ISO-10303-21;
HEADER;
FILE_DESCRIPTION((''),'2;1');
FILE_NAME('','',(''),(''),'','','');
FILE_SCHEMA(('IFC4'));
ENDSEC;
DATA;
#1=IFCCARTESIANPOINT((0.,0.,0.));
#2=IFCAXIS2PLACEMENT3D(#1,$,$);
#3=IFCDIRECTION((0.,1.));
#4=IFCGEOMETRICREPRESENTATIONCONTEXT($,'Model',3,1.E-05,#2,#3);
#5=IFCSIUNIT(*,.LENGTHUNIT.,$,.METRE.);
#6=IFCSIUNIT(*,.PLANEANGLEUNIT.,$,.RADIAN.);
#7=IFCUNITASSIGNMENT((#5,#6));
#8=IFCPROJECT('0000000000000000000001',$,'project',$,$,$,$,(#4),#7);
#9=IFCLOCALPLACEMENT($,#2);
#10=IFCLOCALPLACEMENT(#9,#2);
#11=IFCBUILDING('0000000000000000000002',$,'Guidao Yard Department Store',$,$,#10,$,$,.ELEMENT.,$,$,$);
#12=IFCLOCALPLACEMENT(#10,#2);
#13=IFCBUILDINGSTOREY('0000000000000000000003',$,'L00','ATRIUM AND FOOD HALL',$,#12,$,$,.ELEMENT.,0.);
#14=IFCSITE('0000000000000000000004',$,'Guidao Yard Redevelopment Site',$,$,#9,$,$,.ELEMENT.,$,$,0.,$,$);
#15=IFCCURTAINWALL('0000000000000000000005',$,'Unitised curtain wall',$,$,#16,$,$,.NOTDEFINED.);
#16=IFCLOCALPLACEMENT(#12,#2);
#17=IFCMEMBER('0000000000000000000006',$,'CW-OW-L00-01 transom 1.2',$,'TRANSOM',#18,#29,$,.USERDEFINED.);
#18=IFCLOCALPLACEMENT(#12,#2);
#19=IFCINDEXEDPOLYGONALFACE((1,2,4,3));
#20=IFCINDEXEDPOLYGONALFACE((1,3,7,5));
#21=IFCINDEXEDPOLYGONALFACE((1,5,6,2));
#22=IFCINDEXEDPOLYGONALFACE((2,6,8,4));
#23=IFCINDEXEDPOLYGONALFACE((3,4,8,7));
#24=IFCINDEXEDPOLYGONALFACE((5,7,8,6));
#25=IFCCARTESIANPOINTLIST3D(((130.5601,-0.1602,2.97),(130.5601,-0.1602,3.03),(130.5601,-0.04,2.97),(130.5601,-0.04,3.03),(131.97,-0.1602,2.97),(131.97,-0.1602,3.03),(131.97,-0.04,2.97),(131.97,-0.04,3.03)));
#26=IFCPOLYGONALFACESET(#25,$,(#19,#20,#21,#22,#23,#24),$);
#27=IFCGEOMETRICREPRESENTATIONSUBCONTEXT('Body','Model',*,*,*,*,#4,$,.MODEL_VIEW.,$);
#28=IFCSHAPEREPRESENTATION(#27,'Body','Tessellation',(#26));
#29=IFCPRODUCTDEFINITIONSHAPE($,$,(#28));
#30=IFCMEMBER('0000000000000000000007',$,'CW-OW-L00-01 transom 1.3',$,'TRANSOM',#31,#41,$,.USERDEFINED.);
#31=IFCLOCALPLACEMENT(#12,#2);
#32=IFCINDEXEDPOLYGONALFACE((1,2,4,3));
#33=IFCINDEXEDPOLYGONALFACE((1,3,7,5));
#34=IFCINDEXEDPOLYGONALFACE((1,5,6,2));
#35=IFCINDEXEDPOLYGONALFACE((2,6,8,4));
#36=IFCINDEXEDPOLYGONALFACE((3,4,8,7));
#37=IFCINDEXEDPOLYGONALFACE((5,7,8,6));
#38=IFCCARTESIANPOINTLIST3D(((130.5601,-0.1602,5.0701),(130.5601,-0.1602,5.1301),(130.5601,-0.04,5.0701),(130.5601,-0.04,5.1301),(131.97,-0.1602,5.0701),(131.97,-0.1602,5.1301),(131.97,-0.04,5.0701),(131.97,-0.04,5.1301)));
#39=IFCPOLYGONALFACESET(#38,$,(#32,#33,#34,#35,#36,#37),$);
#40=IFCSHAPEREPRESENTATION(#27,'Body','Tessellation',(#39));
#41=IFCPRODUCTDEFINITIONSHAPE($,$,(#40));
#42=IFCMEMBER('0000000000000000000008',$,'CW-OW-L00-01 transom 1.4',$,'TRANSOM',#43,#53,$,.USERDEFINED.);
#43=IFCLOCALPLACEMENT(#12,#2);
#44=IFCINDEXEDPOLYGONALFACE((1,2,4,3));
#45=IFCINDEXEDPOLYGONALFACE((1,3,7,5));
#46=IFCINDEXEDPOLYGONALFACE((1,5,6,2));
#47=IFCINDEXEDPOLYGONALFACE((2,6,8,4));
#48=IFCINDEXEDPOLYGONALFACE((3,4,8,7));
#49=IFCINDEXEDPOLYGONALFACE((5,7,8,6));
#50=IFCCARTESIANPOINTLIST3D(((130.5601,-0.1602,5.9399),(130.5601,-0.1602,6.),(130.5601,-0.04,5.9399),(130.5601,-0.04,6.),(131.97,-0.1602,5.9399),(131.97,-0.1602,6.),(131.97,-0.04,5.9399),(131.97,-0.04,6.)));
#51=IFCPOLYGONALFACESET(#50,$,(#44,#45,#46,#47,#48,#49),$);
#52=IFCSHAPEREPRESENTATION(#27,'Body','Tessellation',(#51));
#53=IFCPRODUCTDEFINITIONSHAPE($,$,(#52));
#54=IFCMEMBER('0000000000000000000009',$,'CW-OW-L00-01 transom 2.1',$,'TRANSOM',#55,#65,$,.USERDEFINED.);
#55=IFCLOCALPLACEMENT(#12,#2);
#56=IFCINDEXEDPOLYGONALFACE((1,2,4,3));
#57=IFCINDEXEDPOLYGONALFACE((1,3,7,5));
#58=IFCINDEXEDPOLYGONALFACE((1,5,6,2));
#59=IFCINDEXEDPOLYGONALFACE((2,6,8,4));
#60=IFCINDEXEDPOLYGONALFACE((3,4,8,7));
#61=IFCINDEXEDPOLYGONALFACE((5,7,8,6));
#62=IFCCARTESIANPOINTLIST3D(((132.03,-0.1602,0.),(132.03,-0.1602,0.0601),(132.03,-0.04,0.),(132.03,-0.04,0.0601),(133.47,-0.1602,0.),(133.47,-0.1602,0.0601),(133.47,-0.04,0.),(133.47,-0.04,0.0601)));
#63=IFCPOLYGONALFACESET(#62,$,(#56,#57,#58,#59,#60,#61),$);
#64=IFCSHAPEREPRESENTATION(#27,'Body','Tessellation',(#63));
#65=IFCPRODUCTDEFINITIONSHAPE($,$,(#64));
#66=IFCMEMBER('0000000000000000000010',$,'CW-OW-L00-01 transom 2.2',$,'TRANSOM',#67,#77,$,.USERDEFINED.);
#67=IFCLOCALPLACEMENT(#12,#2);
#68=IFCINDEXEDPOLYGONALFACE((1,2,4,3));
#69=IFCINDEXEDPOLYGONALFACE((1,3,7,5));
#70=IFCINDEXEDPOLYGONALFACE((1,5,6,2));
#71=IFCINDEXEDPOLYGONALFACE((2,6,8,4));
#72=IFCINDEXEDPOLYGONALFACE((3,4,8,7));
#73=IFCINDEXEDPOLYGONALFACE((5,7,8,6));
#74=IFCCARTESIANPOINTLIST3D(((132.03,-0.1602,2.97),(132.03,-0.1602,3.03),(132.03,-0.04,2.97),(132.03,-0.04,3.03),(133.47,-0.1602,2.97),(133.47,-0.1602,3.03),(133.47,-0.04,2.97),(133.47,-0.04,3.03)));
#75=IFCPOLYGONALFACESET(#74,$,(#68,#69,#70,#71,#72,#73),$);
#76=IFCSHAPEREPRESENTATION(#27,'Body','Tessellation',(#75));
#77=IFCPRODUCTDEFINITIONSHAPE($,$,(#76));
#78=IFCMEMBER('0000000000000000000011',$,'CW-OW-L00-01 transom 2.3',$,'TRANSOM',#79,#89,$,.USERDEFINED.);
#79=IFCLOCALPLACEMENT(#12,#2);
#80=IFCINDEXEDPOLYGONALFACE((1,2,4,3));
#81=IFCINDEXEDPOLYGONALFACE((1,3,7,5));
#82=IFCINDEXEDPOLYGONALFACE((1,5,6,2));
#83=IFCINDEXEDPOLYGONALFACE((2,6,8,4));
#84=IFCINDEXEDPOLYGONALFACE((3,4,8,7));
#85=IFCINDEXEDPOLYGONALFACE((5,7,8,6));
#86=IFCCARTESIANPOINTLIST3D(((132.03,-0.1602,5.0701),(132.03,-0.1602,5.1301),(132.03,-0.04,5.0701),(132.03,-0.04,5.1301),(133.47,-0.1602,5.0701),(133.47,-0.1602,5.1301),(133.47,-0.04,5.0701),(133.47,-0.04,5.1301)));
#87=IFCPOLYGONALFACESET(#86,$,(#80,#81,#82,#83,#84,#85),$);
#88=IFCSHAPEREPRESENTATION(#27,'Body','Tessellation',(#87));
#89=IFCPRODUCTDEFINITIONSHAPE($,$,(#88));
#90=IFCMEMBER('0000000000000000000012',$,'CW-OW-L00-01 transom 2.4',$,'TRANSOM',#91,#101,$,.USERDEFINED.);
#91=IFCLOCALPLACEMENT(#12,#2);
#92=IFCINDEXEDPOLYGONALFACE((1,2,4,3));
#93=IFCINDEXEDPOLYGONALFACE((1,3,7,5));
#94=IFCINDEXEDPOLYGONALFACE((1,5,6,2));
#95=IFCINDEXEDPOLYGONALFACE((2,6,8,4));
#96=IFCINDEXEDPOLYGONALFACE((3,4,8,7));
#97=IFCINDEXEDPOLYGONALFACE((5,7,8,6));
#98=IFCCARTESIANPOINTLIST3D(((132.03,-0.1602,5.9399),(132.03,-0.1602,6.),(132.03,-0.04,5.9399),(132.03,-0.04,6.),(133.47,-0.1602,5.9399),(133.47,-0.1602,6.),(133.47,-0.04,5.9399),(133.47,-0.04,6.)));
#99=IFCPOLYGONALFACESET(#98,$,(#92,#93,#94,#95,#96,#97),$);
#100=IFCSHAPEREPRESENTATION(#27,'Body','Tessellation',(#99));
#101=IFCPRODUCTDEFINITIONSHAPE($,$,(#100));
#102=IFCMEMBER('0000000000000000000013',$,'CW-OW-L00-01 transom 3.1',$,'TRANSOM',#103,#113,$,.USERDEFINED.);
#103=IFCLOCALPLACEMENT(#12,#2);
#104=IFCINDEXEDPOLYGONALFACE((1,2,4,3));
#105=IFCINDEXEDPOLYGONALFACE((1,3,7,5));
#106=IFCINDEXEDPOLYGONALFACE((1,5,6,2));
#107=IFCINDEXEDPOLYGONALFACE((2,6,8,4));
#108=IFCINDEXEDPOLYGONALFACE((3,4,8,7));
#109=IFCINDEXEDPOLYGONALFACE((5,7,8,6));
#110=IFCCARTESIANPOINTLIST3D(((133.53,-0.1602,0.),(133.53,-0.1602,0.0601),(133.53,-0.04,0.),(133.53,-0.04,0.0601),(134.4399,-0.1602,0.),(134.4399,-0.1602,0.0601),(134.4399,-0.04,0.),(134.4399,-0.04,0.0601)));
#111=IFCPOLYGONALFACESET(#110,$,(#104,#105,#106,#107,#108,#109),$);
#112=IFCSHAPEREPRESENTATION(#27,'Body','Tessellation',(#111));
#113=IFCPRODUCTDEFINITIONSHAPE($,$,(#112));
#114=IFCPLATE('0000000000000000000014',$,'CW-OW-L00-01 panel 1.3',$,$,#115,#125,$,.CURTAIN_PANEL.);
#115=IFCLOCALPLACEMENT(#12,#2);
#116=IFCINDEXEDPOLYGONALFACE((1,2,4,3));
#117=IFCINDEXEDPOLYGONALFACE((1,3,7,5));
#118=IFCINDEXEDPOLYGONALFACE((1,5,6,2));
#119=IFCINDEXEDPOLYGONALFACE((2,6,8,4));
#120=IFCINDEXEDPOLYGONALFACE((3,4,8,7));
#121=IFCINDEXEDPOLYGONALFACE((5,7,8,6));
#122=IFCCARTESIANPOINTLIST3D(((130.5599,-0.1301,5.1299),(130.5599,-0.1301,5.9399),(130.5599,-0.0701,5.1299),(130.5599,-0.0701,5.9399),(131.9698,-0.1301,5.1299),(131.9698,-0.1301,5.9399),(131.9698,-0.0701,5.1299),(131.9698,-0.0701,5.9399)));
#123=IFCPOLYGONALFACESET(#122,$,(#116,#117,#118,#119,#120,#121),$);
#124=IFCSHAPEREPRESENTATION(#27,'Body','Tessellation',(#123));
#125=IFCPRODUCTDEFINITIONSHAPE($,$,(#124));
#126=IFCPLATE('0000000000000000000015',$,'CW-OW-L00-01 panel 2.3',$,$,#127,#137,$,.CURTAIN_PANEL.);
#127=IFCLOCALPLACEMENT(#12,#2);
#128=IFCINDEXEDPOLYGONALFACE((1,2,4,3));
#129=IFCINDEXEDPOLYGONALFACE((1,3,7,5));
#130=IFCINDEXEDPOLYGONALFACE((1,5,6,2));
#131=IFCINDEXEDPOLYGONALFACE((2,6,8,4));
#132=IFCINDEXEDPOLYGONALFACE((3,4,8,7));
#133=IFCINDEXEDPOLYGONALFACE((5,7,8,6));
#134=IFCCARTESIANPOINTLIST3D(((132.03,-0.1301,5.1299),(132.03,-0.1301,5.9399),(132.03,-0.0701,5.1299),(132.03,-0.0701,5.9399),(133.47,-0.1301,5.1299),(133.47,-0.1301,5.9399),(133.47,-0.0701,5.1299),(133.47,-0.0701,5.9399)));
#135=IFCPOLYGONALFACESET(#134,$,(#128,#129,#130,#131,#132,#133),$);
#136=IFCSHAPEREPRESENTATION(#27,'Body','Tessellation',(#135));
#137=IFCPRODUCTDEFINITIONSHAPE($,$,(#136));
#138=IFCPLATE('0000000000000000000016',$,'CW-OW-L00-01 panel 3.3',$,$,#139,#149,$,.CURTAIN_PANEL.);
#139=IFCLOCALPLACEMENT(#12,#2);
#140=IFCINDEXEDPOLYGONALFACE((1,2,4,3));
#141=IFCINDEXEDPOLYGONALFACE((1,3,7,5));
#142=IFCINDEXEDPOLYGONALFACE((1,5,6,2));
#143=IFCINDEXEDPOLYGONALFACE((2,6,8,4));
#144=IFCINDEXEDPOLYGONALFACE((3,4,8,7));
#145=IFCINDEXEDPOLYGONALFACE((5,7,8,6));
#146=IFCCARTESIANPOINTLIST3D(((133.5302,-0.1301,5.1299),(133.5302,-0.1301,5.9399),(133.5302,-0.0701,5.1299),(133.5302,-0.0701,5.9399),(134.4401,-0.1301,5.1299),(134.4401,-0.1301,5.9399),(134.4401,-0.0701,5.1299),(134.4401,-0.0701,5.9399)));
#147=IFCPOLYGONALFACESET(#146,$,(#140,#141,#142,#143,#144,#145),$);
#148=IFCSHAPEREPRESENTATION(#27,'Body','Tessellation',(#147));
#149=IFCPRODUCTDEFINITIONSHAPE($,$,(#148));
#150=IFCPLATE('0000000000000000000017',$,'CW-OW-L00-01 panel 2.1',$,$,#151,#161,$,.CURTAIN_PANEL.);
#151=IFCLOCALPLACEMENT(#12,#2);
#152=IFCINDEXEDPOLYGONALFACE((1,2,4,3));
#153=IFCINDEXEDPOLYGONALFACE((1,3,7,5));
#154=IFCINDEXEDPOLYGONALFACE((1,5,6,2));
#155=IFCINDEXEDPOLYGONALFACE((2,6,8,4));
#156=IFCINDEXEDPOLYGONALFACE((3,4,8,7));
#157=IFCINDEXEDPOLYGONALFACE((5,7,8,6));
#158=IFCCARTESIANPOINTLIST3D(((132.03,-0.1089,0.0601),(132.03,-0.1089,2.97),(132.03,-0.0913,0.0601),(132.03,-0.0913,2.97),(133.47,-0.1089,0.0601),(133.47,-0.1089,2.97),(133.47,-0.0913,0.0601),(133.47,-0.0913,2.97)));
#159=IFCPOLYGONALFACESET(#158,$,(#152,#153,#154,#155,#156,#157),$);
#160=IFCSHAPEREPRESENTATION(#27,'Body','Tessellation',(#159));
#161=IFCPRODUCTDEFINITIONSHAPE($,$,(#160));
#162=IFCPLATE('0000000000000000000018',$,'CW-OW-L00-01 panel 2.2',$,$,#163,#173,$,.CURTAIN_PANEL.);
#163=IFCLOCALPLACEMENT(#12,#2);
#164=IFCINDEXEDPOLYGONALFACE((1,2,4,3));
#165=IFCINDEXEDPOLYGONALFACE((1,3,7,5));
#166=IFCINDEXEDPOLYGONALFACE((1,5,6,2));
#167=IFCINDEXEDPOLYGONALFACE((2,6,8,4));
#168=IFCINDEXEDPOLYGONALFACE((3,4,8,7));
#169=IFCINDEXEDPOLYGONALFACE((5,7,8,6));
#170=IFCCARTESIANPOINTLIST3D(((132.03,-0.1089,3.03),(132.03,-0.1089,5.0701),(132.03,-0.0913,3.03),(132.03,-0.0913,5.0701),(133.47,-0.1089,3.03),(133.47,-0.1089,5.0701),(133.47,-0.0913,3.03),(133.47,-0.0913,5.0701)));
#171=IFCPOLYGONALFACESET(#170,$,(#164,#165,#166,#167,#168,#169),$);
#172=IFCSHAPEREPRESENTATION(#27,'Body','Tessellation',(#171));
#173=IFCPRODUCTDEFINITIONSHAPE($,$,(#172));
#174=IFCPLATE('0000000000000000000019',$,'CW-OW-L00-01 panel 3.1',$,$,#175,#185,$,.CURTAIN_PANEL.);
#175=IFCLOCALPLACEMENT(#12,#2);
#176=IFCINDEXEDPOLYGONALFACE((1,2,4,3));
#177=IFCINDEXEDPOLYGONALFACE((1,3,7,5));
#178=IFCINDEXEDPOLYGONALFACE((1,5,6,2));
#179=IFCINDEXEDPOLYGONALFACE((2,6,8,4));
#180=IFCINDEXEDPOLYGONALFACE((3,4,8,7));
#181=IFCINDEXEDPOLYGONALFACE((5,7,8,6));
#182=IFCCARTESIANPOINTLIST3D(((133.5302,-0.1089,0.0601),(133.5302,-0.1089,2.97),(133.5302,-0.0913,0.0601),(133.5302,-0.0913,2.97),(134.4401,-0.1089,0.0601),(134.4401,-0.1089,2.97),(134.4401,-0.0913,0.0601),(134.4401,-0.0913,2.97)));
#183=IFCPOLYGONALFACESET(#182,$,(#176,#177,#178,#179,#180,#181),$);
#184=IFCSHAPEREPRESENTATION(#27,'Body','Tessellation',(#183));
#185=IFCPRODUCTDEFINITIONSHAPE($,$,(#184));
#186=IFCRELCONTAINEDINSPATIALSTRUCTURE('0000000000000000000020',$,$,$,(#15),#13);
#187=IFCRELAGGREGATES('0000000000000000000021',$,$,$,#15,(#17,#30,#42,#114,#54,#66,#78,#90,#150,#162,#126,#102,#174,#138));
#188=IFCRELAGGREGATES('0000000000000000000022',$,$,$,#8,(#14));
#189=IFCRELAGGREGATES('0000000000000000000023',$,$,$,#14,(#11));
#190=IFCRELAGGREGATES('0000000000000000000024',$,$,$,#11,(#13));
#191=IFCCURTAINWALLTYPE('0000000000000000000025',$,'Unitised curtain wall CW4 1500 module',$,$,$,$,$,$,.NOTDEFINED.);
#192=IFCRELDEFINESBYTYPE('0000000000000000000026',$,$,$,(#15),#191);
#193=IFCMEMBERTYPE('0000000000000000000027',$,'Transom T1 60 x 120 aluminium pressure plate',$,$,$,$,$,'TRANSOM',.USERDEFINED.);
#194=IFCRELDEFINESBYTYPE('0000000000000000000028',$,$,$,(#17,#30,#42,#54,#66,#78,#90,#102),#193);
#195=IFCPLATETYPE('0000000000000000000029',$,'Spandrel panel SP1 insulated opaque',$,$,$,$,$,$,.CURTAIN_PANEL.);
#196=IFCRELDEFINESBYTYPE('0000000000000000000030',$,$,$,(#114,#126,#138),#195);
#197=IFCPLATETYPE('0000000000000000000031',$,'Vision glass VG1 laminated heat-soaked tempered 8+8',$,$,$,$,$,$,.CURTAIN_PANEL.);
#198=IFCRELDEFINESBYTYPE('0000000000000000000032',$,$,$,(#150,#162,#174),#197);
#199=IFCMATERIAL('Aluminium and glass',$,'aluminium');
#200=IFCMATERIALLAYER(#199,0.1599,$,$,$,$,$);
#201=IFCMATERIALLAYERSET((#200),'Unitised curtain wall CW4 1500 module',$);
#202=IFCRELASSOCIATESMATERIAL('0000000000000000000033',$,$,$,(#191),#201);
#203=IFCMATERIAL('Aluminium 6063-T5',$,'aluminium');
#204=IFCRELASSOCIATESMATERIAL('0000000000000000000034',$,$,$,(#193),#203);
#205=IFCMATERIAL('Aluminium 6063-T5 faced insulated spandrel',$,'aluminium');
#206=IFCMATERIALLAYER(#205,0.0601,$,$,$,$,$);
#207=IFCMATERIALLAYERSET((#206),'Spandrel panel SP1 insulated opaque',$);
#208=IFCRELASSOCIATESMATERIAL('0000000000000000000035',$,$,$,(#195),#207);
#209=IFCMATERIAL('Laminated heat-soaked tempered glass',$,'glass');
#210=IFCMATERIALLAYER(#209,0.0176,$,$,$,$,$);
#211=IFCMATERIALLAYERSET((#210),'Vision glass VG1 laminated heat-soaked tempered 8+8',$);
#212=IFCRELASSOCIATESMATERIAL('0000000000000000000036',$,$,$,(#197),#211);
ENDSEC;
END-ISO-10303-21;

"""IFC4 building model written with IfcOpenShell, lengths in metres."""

from ifc_helpers import new_model, si_unit, direction, frame, origin, origin_2d, place, context, subcontext, project, spatial, rectangle, extrude, material, layer, layer_set, material_profile, profile_set, type_object, element, aggregate, save


model = new_model("IFC4")

# Units and contexts
model_context = context("Model", 3, precision=1e-05, world=origin(), true_north=direction((0.0, 1.0)))
body_context = subcontext(model_context, "Body", "Model", "MODEL_VIEW")
ifc_project = project(units=[si_unit("LENGTHUNIT", "METRE"), si_unit("PLANEANGLEUNIT", "RADIAN")], contexts=[model_context])

# Site, building, storey
site_placement = place(None, origin())
site = spatial("IfcSite", under=ifc_project, at=site_placement, Name="Guidao Yard Redevelopment Site", CompositionType="ELEMENT", RefElevation=0.0)
building_placement = place(site_placement, origin())
building = spatial("IfcBuilding", under=site, at=building_placement, Name="Guidao Yard Department Store", CompositionType="ELEMENT")
storey_placement = place(building_placement, origin())
storey = spatial("IfcBuildingStorey", under=building, at=storey_placement, Name="L00", Description="ATRIUM AND FOOD HALL", CompositionType="ELEMENT", Elevation=0.0)

# Curtain wall, members, plates
ifc_material_1 = material(Name="Aluminium and glass", Category="aluminium")
ifc_layer_1 = layer(ifc_material_1, 0.1599)
ifc_layer_set_1 = layer_set([ifc_layer_1], Name="Unitised curtain wall CW4 1500 module")
curtain_wall_type = type_object("IfcCurtainWallType", Name="Unitised curtain wall CW4 1500 module", PredefinedType="NOTDEFINED", material=ifc_layer_set_1)
curtain_wall_placement = place(storey_placement, origin())
curtain_wall = element("IfcCurtainWall", 1, at=curtain_wall_placement, inside=storey, type_object=curtain_wall_type, Name="Unitised curtain wall", PredefinedType="NOTDEFINED")
ifc_material_2 = material(Name="Aluminium 6063-T5", Category="aluminium")
ifc_material_profile_1 = material_profile(ifc_material_2, rectangle(XDim=0.1201, YDim=0.0601, at=origin_2d()), Name="Transom T1 60 x 120 aluminium pressure plate")
ifc_profile_set_1 = profile_set([ifc_material_profile_1], Name="Aluminium 6063-T5")
member_type_1 = type_object("IfcMemberType", Name="Transom T1 60 x 120 aluminium pressure plate", ElementType="TRANSOM", PredefinedType="USERDEFINED", material=ifc_profile_set_1)
member_1_placement = place(storey_placement, frame((131.97, -0.1001, 3.0), z_axis=(-1.0, 0.0, 0.0), x_axis=(0.0, -1.0, 0.0)))
member_1 = element("IfcMember", 2, at=member_1_placement, type_object=member_type_1, Name="CW-OW-L00-01 transom 1.2", ObjectType="TRANSOM", PredefinedType="USERDEFINED", context=body_context, shape_type="SweptSolid", body=[
    extrude(rectangle(XDim=0.1201, YDim=0.0601, at=origin_2d()), origin(), (0.0, 0.0, 1.0), 1.4099),
])
member_2_placement = place(storey_placement, frame((131.97, -0.1001, 5.1001), z_axis=(-1.0, 0.0, 0.0), x_axis=(0.0, -1.0, 0.0)))
member_2 = element("IfcMember", 3, at=member_2_placement, type_object=member_type_1, Name="CW-OW-L00-01 transom 1.3", ObjectType="TRANSOM", PredefinedType="USERDEFINED", context=body_context, shape_type="SweptSolid", body=[
    extrude(rectangle(XDim=0.1201, YDim=0.0601, at=origin_2d()), origin(), (0.0, 0.0, 1.0), 1.4099),
])
member_3_placement = place(storey_placement, frame((131.97, -0.1001, 5.97), z_axis=(-1.0, 0.0, 0.0), x_axis=(0.0, -1.0, 0.0)))
member_3 = element("IfcMember", 4, at=member_3_placement, type_object=member_type_1, Name="CW-OW-L00-01 transom 1.4", ObjectType="TRANSOM", PredefinedType="USERDEFINED", context=body_context, shape_type="SweptSolid", body=[
    extrude(rectangle(XDim=0.1201, YDim=0.0601, at=origin_2d()), origin(), (0.0, 0.0, 1.0), 1.4099),
])
member_4_placement = place(storey_placement, frame((133.47, -0.1001, 0.03), z_axis=(-1.0, 0.0, 0.0), x_axis=(0.0, -1.0, 0.0)))
member_4 = element("IfcMember", 5, at=member_4_placement, type_object=member_type_1, Name="CW-OW-L00-01 transom 2.1", ObjectType="TRANSOM", PredefinedType="USERDEFINED", context=body_context, shape_type="SweptSolid", body=[
    extrude(rectangle(XDim=0.1201, YDim=0.0601, at=origin_2d()), origin(), (0.0, 0.0, 1.0), 1.4399),
])
member_5_placement = place(storey_placement, frame((133.47, -0.1001, 3.0), z_axis=(-1.0, 0.0, 0.0), x_axis=(0.0, -1.0, 0.0)))
member_5 = element("IfcMember", 6, at=member_5_placement, type_object=member_type_1, Name="CW-OW-L00-01 transom 2.2", ObjectType="TRANSOM", PredefinedType="USERDEFINED", context=body_context, shape_type="SweptSolid", body=[
    extrude(rectangle(XDim=0.1201, YDim=0.0601, at=origin_2d()), origin(), (0.0, 0.0, 1.0), 1.4399),
])
member_6_placement = place(storey_placement, frame((133.47, -0.1001, 5.1001), z_axis=(-1.0, 0.0, 0.0), x_axis=(0.0, -1.0, 0.0)))
member_6 = element("IfcMember", 7, at=member_6_placement, type_object=member_type_1, Name="CW-OW-L00-01 transom 2.3", ObjectType="TRANSOM", PredefinedType="USERDEFINED", context=body_context, shape_type="SweptSolid", body=[
    extrude(rectangle(XDim=0.1201, YDim=0.0601, at=origin_2d()), origin(), (0.0, 0.0, 1.0), 1.4399),
])
member_7_placement = place(storey_placement, frame((133.47, -0.1001, 5.97), z_axis=(-1.0, 0.0, 0.0), x_axis=(0.0, -1.0, 0.0)))
member_7 = element("IfcMember", 8, at=member_7_placement, type_object=member_type_1, Name="CW-OW-L00-01 transom 2.4", ObjectType="TRANSOM", PredefinedType="USERDEFINED", context=body_context, shape_type="SweptSolid", body=[
    extrude(rectangle(XDim=0.1201, YDim=0.0601, at=origin_2d()), origin(), (0.0, 0.0, 1.0), 1.4399),
])
member_8_placement = place(storey_placement, frame((134.4399, -0.1001, 0.03), z_axis=(-1.0, 0.0, 0.0), x_axis=(0.0, -1.0, 0.0)))
member_8 = element("IfcMember", 9, at=member_8_placement, type_object=member_type_1, Name="CW-OW-L00-01 transom 3.1", ObjectType="TRANSOM", PredefinedType="USERDEFINED", context=body_context, shape_type="SweptSolid", body=[
    extrude(rectangle(XDim=0.1201, YDim=0.0601, at=origin_2d()), origin(), (0.0, 0.0, 1.0), 0.9099),
])
ifc_material_3 = material(Name="Aluminium 6063-T5 faced insulated spandrel", Category="aluminium")
ifc_layer_2 = layer(ifc_material_3, 0.0601)
ifc_layer_set_2 = layer_set([ifc_layer_2], Name="Spandrel panel SP1 insulated opaque")
plate_type_1 = type_object("IfcPlateType", Name="Spandrel panel SP1 insulated opaque", PredefinedType="CURTAIN_PANEL", material=ifc_layer_set_2)
plate_1_placement = place(storey_placement, frame((131.2649, -0.1001, 5.1299), z_axis=(0.0, 0.0, 1.0), x_axis=(-1.0, 0.0, 0.0)))
plate_1 = element("IfcPlate", 10, at=plate_1_placement, type_object=plate_type_1, Name="CW-OW-L00-01 panel 1.3", PredefinedType="CURTAIN_PANEL", context=body_context, shape_type="SweptSolid", body=[
    extrude(rectangle(XDim=1.4099, YDim=0.0601, at=origin_2d()), origin(), (0.0, 0.0, 1.0), 0.8101),
])
plate_2_placement = place(storey_placement, frame((132.75, -0.1001, 5.1299), z_axis=(0.0, 0.0, 1.0), x_axis=(-1.0, 0.0, 0.0)))
plate_2 = element("IfcPlate", 11, at=plate_2_placement, type_object=plate_type_1, Name="CW-OW-L00-01 panel 2.3", PredefinedType="CURTAIN_PANEL", context=body_context, shape_type="SweptSolid", body=[
    extrude(rectangle(XDim=1.4399, YDim=0.0601, at=origin_2d()), origin(), (0.0, 0.0, 1.0), 0.8101),
])
plate_3_placement = place(storey_placement, frame((133.9851, -0.1001, 5.1299), z_axis=(0.0, 0.0, 1.0), x_axis=(-1.0, 0.0, 0.0)))
plate_3 = element("IfcPlate", 12, at=plate_3_placement, type_object=plate_type_1, Name="CW-OW-L00-01 panel 3.3", PredefinedType="CURTAIN_PANEL", context=body_context, shape_type="SweptSolid", body=[
    extrude(rectangle(XDim=0.9099, YDim=0.0601, at=origin_2d()), origin(), (0.0, 0.0, 1.0), 0.8101),
])
ifc_material_4 = material(Name="Laminated heat-soaked tempered glass", Category="glass")
ifc_layer_3 = layer(ifc_material_4, 0.0176)
ifc_layer_set_3 = layer_set([ifc_layer_3], Name="Vision glass VG1 laminated heat-soaked tempered 8+8")
plate_type_2 = type_object("IfcPlateType", Name="Vision glass VG1 laminated heat-soaked tempered 8+8", PredefinedType="CURTAIN_PANEL", material=ifc_layer_set_3)
plate_4_placement = place(storey_placement, frame((132.75, -0.1001, 0.0601), z_axis=(0.0, 0.0, 1.0), x_axis=(-1.0, 0.0, 0.0)))
plate_4 = element("IfcPlate", 13, at=plate_4_placement, type_object=plate_type_2, Name="CW-OW-L00-01 panel 2.1", PredefinedType="CURTAIN_PANEL", context=body_context, shape_type="SweptSolid", body=[
    extrude(rectangle(XDim=1.4399, YDim=0.0176, at=origin_2d()), origin(), (0.0, 0.0, 1.0), 2.9099),
])
plate_5_placement = place(storey_placement, frame((132.75, -0.1001, 3.03), z_axis=(0.0, 0.0, 1.0), x_axis=(-1.0, 0.0, 0.0)))
plate_5 = element("IfcPlate", 14, at=plate_5_placement, type_object=plate_type_2, Name="CW-OW-L00-01 panel 2.2", PredefinedType="CURTAIN_PANEL", context=body_context, shape_type="SweptSolid", body=[
    extrude(rectangle(XDim=1.4399, YDim=0.0176, at=origin_2d()), origin(), (0.0, 0.0, 1.0), 2.04),
])
plate_6_placement = place(storey_placement, frame((133.9851, -0.1001, 0.0601), z_axis=(0.0, 0.0, 1.0), x_axis=(-1.0, 0.0, 0.0)))
plate_6 = element("IfcPlate", 15, at=plate_6_placement, type_object=plate_type_2, Name="CW-OW-L00-01 panel 3.1", PredefinedType="CURTAIN_PANEL", context=body_context, shape_type="SweptSolid", body=[
    extrude(rectangle(XDim=0.9099, YDim=0.0176, at=origin_2d()), origin(), (0.0, 0.0, 1.0), 2.9099),
])
aggregate(curtain_wall, [member_1, member_2, member_3, plate_1, member_4, member_5, member_6, member_7, plate_4, plate_5, plate_2, member_8, plate_6, plate_3])

save(model, "model.ifc")
